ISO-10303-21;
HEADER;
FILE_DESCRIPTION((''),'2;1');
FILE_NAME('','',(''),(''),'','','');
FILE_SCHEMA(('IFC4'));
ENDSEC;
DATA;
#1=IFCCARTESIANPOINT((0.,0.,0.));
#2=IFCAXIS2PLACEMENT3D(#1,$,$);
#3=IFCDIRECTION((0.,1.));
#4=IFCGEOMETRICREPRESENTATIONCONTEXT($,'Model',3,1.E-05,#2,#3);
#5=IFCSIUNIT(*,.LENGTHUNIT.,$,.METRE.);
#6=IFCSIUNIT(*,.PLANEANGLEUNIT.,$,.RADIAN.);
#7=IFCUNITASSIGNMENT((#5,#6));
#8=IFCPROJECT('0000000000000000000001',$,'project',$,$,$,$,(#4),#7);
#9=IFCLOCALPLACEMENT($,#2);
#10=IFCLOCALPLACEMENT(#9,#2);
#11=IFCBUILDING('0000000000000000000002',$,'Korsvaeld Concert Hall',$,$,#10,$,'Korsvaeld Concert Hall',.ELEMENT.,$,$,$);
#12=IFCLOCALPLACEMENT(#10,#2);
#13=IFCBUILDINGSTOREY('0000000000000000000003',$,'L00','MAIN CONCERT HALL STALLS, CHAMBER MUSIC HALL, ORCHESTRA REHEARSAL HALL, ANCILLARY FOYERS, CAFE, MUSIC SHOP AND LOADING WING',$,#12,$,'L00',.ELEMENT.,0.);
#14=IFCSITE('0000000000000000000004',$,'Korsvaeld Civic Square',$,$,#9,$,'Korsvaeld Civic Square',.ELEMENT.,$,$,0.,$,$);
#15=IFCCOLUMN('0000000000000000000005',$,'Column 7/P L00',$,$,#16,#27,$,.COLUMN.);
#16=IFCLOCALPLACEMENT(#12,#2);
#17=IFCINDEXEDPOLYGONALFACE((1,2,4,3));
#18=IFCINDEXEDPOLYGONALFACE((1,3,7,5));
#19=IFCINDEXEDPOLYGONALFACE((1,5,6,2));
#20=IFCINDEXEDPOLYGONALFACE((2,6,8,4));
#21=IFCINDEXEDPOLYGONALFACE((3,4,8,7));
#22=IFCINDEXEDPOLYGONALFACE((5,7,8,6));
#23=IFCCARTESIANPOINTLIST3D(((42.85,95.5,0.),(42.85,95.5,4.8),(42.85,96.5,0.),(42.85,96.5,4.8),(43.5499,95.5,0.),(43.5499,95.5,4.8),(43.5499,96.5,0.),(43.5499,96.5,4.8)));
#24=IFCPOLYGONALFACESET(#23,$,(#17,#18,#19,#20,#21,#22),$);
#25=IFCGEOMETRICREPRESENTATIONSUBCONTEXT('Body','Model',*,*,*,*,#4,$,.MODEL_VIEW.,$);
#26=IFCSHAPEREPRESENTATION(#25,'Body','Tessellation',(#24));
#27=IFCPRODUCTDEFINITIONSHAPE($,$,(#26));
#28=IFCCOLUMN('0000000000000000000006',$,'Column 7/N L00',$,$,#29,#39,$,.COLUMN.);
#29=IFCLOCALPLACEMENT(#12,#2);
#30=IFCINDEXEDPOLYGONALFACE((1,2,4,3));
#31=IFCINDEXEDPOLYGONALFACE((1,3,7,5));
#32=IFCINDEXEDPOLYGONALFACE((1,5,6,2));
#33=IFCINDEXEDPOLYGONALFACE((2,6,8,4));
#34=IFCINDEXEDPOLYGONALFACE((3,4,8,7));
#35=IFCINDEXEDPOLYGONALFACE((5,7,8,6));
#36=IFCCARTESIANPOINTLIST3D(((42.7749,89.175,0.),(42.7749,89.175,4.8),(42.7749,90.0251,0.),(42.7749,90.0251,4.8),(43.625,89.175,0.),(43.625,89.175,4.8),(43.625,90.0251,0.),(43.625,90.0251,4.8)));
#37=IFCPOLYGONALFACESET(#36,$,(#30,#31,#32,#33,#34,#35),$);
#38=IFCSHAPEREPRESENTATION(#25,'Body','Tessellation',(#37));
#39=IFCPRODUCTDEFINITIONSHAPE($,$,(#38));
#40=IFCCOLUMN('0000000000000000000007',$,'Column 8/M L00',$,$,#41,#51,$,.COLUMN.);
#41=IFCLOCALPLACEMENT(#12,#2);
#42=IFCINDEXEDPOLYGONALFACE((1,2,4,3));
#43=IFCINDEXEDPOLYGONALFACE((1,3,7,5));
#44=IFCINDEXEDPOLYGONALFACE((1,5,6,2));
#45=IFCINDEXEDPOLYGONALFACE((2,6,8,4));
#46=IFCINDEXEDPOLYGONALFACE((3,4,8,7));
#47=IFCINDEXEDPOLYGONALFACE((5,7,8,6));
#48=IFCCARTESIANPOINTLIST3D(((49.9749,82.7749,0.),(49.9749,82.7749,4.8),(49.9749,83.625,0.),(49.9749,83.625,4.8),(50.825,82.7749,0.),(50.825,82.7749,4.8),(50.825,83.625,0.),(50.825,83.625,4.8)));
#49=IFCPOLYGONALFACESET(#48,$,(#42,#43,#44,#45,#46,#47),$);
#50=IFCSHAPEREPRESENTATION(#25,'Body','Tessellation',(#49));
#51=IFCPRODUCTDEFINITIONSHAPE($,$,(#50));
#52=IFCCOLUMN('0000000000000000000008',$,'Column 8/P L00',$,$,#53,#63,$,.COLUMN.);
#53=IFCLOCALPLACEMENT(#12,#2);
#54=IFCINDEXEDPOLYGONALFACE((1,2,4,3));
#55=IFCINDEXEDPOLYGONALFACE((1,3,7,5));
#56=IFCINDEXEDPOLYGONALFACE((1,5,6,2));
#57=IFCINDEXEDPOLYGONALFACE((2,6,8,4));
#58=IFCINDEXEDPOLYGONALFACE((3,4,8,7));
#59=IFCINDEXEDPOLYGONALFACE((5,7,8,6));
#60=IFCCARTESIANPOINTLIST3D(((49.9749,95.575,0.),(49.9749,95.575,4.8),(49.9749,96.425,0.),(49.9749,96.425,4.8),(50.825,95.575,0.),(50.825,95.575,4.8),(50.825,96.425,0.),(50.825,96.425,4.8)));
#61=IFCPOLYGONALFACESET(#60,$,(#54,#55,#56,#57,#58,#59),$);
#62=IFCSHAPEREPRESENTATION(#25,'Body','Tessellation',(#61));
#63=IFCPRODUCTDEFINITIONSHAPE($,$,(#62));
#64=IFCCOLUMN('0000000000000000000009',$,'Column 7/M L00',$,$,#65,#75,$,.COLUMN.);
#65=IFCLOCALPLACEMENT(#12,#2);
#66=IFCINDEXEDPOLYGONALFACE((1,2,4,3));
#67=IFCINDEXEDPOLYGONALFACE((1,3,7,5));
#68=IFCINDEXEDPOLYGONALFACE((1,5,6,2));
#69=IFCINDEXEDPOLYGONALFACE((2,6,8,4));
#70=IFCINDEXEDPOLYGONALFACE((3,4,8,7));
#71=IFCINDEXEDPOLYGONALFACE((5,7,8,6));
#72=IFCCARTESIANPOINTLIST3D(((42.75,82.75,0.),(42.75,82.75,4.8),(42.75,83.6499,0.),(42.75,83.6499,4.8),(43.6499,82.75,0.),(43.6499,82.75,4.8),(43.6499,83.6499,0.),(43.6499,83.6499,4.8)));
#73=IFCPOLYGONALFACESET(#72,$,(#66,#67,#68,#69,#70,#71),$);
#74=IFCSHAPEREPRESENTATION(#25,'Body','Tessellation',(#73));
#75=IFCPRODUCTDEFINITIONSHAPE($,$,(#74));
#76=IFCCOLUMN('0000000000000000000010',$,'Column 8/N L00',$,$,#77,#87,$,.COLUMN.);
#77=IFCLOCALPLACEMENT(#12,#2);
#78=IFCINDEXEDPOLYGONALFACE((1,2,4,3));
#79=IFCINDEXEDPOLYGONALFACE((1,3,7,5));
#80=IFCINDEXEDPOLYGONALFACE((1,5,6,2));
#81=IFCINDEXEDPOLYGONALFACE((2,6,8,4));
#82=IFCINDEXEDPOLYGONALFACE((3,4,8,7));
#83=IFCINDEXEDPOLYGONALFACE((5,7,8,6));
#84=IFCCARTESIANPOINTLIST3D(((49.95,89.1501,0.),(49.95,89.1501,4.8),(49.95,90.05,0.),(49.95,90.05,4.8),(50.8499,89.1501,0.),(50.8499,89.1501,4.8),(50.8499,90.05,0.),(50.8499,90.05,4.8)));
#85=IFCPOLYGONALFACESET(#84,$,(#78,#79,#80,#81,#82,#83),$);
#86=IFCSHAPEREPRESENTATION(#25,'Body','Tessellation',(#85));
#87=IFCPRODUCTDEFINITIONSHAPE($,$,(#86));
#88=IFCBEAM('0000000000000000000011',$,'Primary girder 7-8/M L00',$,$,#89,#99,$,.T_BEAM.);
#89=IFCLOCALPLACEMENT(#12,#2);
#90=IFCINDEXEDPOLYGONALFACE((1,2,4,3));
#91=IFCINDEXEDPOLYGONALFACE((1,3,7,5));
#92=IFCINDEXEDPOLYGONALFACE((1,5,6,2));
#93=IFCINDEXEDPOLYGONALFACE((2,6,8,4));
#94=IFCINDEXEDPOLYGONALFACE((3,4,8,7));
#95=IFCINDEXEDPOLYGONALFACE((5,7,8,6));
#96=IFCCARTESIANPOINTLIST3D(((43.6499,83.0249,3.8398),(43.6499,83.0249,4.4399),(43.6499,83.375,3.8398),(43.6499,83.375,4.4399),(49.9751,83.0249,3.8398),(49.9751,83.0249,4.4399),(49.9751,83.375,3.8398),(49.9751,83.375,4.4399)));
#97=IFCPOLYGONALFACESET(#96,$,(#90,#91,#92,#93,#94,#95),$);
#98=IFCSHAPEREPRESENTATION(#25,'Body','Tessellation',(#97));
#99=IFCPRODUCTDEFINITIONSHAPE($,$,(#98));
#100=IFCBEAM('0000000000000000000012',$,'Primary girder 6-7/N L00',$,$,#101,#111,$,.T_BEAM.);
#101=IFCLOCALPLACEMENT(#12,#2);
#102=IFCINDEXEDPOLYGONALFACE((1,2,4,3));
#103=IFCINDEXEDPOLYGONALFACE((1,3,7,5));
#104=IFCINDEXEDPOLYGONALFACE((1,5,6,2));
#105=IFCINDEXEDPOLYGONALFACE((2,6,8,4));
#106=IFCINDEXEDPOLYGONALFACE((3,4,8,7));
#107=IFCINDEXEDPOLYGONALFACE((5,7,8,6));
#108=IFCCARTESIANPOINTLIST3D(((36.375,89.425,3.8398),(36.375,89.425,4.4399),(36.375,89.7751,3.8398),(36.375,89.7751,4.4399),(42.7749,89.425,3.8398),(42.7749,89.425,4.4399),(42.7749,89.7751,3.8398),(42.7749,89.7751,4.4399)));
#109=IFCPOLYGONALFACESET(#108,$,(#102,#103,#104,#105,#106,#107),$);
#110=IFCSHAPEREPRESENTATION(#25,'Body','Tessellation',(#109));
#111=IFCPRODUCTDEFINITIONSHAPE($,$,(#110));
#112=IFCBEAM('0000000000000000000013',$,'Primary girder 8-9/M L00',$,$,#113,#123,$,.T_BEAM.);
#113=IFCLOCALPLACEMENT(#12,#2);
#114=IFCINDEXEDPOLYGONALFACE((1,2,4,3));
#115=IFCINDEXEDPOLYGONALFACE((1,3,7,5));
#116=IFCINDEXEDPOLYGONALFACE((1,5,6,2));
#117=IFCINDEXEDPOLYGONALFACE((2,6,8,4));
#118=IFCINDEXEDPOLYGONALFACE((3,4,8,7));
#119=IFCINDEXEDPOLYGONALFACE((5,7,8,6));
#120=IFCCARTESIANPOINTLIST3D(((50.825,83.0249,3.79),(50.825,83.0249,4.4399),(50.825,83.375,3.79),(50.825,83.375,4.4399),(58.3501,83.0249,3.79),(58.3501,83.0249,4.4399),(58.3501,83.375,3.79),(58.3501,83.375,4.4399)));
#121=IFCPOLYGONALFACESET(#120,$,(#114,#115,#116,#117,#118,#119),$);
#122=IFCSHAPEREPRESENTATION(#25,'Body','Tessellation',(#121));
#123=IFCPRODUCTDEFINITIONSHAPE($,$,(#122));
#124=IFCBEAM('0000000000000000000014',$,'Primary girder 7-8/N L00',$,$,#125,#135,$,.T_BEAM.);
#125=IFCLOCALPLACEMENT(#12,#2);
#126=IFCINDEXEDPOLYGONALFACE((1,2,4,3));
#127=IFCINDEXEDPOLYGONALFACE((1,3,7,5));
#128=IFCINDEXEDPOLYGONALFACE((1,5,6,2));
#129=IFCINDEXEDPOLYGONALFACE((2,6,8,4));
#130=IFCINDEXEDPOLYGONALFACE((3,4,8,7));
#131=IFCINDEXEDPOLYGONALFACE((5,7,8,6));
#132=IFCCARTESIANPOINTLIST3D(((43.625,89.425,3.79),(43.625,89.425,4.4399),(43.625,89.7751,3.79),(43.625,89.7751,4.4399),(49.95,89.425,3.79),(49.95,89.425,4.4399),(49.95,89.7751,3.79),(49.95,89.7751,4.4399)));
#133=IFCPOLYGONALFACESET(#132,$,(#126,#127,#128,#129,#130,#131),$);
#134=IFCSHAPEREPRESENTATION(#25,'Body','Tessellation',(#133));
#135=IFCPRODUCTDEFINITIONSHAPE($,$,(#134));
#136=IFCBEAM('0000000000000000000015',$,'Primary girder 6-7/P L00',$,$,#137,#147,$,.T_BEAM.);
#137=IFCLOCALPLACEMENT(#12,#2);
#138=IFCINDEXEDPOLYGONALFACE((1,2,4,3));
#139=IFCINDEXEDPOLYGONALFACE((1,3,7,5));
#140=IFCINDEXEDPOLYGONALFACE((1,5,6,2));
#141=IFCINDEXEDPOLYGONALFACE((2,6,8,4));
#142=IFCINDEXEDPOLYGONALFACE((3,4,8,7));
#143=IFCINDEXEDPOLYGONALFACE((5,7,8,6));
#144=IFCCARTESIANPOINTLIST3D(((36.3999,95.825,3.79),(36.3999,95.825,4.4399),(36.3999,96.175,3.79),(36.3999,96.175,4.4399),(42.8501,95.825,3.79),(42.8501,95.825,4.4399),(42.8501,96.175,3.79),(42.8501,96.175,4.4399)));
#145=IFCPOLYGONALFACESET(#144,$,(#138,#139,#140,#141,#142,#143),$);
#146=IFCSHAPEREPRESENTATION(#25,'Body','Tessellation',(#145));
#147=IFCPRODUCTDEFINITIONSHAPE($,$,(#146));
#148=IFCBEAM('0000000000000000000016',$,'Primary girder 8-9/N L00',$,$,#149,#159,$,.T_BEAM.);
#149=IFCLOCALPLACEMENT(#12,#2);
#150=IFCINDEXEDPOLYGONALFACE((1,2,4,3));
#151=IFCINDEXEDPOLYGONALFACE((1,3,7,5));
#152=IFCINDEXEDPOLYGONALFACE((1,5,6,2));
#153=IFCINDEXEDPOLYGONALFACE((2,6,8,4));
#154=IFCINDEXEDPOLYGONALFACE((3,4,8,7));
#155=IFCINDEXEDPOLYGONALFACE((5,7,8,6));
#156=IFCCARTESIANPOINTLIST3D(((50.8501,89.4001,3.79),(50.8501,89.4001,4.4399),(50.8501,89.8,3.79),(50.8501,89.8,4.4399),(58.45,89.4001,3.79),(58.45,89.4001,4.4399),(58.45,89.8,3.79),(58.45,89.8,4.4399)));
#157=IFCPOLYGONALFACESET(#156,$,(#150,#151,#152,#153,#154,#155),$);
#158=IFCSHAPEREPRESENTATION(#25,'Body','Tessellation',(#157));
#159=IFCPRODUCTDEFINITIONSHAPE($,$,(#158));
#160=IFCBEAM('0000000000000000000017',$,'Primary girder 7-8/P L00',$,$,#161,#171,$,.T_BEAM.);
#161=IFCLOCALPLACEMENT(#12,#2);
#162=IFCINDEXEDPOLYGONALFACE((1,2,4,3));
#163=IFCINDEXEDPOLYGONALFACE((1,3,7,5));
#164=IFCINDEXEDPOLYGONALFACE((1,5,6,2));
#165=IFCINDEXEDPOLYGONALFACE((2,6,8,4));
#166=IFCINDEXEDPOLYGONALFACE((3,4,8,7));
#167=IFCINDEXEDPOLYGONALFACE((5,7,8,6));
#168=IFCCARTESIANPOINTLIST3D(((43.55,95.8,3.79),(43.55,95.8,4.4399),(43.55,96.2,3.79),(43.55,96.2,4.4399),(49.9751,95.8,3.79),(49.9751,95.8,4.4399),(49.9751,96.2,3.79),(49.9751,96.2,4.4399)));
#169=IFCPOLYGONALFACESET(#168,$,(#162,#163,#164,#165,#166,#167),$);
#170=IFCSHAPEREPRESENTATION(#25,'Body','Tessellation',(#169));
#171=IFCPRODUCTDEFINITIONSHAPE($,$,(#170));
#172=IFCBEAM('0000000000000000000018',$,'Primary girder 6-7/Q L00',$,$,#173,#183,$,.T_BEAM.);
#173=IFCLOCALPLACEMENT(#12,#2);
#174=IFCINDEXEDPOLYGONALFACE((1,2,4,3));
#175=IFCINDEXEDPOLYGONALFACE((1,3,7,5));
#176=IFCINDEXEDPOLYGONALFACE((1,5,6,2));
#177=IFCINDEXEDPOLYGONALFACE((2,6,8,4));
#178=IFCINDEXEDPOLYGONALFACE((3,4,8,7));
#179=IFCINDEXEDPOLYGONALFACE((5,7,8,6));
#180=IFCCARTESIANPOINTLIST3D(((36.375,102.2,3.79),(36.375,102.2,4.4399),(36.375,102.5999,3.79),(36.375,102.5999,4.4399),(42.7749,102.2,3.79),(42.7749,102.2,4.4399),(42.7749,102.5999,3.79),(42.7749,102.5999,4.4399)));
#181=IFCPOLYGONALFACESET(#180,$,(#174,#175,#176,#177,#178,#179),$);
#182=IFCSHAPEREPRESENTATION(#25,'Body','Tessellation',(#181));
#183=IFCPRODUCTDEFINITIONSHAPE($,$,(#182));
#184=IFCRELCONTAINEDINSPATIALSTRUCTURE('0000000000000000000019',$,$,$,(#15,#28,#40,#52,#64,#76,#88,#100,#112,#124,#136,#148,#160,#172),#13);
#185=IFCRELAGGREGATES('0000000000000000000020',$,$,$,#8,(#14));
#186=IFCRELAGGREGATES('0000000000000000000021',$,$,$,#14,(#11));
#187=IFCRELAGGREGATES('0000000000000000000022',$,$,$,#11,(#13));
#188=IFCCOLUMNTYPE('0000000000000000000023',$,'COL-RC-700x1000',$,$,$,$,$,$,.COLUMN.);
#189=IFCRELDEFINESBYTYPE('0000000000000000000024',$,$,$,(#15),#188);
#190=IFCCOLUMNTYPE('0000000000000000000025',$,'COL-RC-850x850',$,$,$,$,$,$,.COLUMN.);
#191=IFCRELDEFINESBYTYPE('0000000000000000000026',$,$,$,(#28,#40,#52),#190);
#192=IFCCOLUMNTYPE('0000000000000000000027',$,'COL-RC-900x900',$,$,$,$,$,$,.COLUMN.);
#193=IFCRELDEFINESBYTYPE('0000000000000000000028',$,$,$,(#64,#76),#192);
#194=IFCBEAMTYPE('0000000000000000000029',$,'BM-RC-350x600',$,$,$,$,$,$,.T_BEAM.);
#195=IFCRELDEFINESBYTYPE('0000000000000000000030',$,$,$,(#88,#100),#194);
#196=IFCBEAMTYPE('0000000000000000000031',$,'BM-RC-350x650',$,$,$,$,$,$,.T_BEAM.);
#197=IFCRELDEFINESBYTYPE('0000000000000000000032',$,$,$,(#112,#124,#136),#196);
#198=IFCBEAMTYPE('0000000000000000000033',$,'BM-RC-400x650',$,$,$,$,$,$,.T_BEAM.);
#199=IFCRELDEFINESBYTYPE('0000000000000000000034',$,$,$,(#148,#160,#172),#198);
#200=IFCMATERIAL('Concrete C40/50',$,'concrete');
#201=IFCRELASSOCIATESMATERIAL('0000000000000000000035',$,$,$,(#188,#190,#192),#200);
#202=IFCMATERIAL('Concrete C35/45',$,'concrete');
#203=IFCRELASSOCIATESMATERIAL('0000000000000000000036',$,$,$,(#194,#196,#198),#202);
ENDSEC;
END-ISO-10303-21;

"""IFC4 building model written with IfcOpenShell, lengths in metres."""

from ifc_helpers import new_model, si_unit, direction, frame, origin, origin_2d, place, context, subcontext, project, spatial, rectangle, extrude, material, material_profile, profile_set, type_object, element, save


model = new_model("IFC4")

# Units and contexts
model_context = context("Model", 3, precision=1e-05, world=origin(), true_north=direction((0.0, 1.0)))
body_context = subcontext(model_context, "Body", "Model", "MODEL_VIEW")
ifc_project = project(units=[si_unit("LENGTHUNIT", "METRE"), si_unit("PLANEANGLEUNIT", "RADIAN")], contexts=[model_context])

# Site, building, storey
site_placement = place(None, origin())
site = spatial("IfcSite", under=ifc_project, at=site_placement, Name="Korsvaeld Civic Square", LongName="Korsvaeld Civic Square", CompositionType="ELEMENT", RefElevation=0.0)
building_placement = place(site_placement, origin())
building = spatial("IfcBuilding", under=site, at=building_placement, Name="Korsvaeld Concert Hall", LongName="Korsvaeld Concert Hall", CompositionType="ELEMENT")
storey_placement = place(building_placement, origin())
storey = spatial("IfcBuildingStorey", under=building, at=storey_placement, Name="L00", Description="MAIN CONCERT HALL STALLS, CHAMBER MUSIC HALL, ORCHESTRA REHEARSAL HALL, ANCILLARY FOYERS, CAFE, MUSIC SHOP AND LOADING WING", LongName="L00", CompositionType="ELEMENT", Elevation=0.0)

# Columns
ifc_material_1 = material(Name="Concrete C40/50", Category="concrete")
ifc_material_profile_1 = material_profile(ifc_material_1, rectangle(XDim=0.7, YDim=1.0, at=origin_2d()), Name="RC 700x1000")
ifc_profile_set_1 = profile_set([ifc_material_profile_1], Name="Concrete C40/50")
column_type_1 = type_object("IfcColumnType", Name="COL-RC-700x1000", PredefinedType="COLUMN", material=ifc_profile_set_1)
column_placement = place(storey_placement, frame((43.2, 96.0, 0.0), z_axis=(0.0, 0.0, 1.0), x_axis=(1.0, 0.0, 0.0)))
element("IfcColumn", 1, at=column_placement, inside=storey, type_object=column_type_1, Name="Column 7/P L00", PredefinedType="COLUMN", context=body_context, shape_type="SweptSolid", body=[
    extrude(rectangle(XDim=0.7, YDim=1.0, at=origin_2d()), origin(), (0.0, 0.0, 1.0), 4.8),
])
ifc_material_profile_2 = material_profile(ifc_material_1, rectangle(XDim=0.8501, YDim=0.8501, at=origin_2d()), Name="RC 850x850")
ifc_profile_set_2 = profile_set([ifc_material_profile_2], Name="Concrete C40/50")
column_type_2 = type_object("IfcColumnType", Name="COL-RC-850x850", PredefinedType="COLUMN", material=ifc_profile_set_2)
for number, where, z_axis, x_axis, name in (
    (2, (43.2, 89.6001, 0.0), (0.0, 0.0, 1.0), (1.0, 0.0, 0.0), "Column 7/N L00"),
    (3, (50.3999, 83.2, 0.0), (0.0, 0.0, 1.0), (1.0, 0.0, 0.0), "Column 8/M L00"),
    (4, (50.3999, 96.0, 0.0), (0.0, 0.0, 1.0), (1.0, 0.0, 0.0), "Column 8/P L00"),
):
    element("IfcColumn", number, at=place(storey_placement, frame(where, z_axis=z_axis, x_axis=x_axis)), inside=storey, type_object=column_type_2, Name=name, PredefinedType="COLUMN", context=body_context, shape_type="SweptSolid", body=[
        extrude(rectangle(XDim=0.8501, YDim=0.8501, at=origin_2d()), origin(), (0.0, 0.0, 1.0), 4.8),
    ])
ifc_material_profile_3 = material_profile(ifc_material_1, rectangle(XDim=0.8999, YDim=0.8999, at=origin_2d()), Name="RC 900x900")
ifc_profile_set_3 = profile_set([ifc_material_profile_3], Name="Concrete C40/50")
column_type_3 = type_object("IfcColumnType", Name="COL-RC-900x900", PredefinedType="COLUMN", material=ifc_profile_set_3)
for number, where, z_axis, x_axis, name in (
    (5, (43.2, 83.2, 0.0), (0.0, 0.0, 1.0), (1.0, 0.0, 0.0), "Column 7/M L00"),
    (6, (50.3999, 89.6001, 0.0), (0.0, 0.0, 1.0), (1.0, 0.0, 0.0), "Column 8/N L00"),
):
    element("IfcColumn", number, at=place(storey_placement, frame(where, z_axis=z_axis, x_axis=x_axis)), inside=storey, type_object=column_type_3, Name=name, PredefinedType="COLUMN", context=body_context, shape_type="SweptSolid", body=[
        extrude(rectangle(XDim=0.8999, YDim=0.8999, at=origin_2d()), origin(), (0.0, 0.0, 1.0), 4.8),
    ])

# Beams
ifc_material_2 = material(Name="Concrete C35/45", Category="concrete")
ifc_material_profile_4 = material_profile(ifc_material_2, rectangle(XDim=0.3501, YDim=0.6001, at=origin_2d()), Name="RC 350x600")
ifc_profile_set_4 = profile_set([ifc_material_profile_4], Name="Concrete C35/45")
beam_type_1 = type_object("IfcBeamType", Name="BM-RC-350x600", PredefinedType="T_BEAM", material=ifc_profile_set_4)
beam_1_placement = place(storey_placement, frame((43.6499, 83.2, 4.1399), z_axis=(1.0, 0.0, 0.0), x_axis=(0.0, 1.0, 0.0)))
element("IfcBeam", 7, at=beam_1_placement, inside=storey, type_object=beam_type_1, Name="Primary girder 7-8/M L00", PredefinedType="T_BEAM", context=body_context, shape_type="SweptSolid", body=[
    extrude(rectangle(XDim=0.3501, YDim=0.6001, at=origin_2d()), origin(), (0.0, 0.0, 1.0), 6.3252),
])
beam_2_placement = place(storey_placement, frame((36.375, 89.6001, 4.1399), z_axis=(1.0, 0.0, 0.0), x_axis=(0.0, 1.0, 0.0)))
element("IfcBeam", 8, at=beam_2_placement, inside=storey, type_object=beam_type_1, Name="Primary girder 6-7/N L00", PredefinedType="T_BEAM", context=body_context, shape_type="SweptSolid", body=[
    extrude(rectangle(XDim=0.3501, YDim=0.6001, at=origin_2d()), origin(), (0.0, 0.0, 1.0), 6.3999),
])
ifc_material_profile_5 = material_profile(ifc_material_2, rectangle(XDim=0.3501, YDim=0.6499, at=origin_2d()), Name="RC 350x650")
ifc_profile_set_5 = profile_set([ifc_material_profile_5], Name="Concrete C35/45")
beam_type_2 = type_object("IfcBeamType", Name="BM-RC-350x650", PredefinedType="T_BEAM", material=ifc_profile_set_5)
beam_3_placement = place(storey_placement, frame((50.825, 83.2, 4.115), z_axis=(1.0, 0.0, 0.0), x_axis=(0.0, 1.0, 0.0)))
element("IfcBeam", 9, at=beam_3_placement, inside=storey, type_object=beam_type_2, Name="Primary girder 8-9/M L00", PredefinedType="T_BEAM", context=body_context, shape_type="SweptSolid", body=[
    extrude(rectangle(XDim=0.3501, YDim=0.6499, at=origin_2d()), origin(), (0.0, 0.0, 1.0), 7.5251),
])
beam_4_placement = place(storey_placement, frame((43.625, 89.6001, 4.115), z_axis=(1.0, 0.0, 0.0), x_axis=(0.0, 1.0, 0.0)))
element("IfcBeam", 10, at=beam_4_placement, inside=storey, type_object=beam_type_2, Name="Primary girder 7-8/N L00", PredefinedType="T_BEAM", context=body_context, shape_type="SweptSolid", body=[
    extrude(rectangle(XDim=0.3501, YDim=0.6499, at=origin_2d()), origin(), (0.0, 0.0, 1.0), 6.325),
])
beam_5_placement = place(storey_placement, frame((36.3999, 96.0, 4.115), z_axis=(1.0, 0.0, 0.0), x_axis=(0.0, 1.0, 0.0)))
element("IfcBeam", 11, at=beam_5_placement, inside=storey, type_object=beam_type_2, Name="Primary girder 6-7/P L00", PredefinedType="T_BEAM", context=body_context, shape_type="SweptSolid", body=[
    extrude(rectangle(XDim=0.3501, YDim=0.6499, at=origin_2d()), origin(), (0.0, 0.0, 1.0), 6.4502),
])
ifc_material_profile_6 = material_profile(ifc_material_2, rectangle(XDim=0.3999, YDim=0.6499, at=origin_2d()), Name="RC 400x650")
ifc_profile_set_6 = profile_set([ifc_material_profile_6], Name="Concrete C35/45")
beam_type_3 = type_object("IfcBeamType", Name="BM-RC-400x650", PredefinedType="T_BEAM", material=ifc_profile_set_6)
beam_6_placement = place(storey_placement, frame((50.8501, 89.6001, 4.115), z_axis=(1.0, 0.0, 0.0), x_axis=(0.0, 1.0, 0.0)))
element("IfcBeam", 12, at=beam_6_placement, inside=storey, type_object=beam_type_3, Name="Primary girder 8-9/N L00", PredefinedType="T_BEAM", context=body_context, shape_type="SweptSolid", body=[
    extrude(rectangle(XDim=0.3999, YDim=0.6499, at=origin_2d()), origin(), (0.0, 0.0, 1.0), 7.5999),
])
beam_7_placement = place(storey_placement, frame((43.55, 96.0, 4.115), z_axis=(1.0, 0.0, 0.0), x_axis=(0.0, 1.0, 0.0)))
element("IfcBeam", 13, at=beam_7_placement, inside=storey, type_object=beam_type_3, Name="Primary girder 7-8/P L00", PredefinedType="T_BEAM", context=body_context, shape_type="SweptSolid", body=[
    extrude(rectangle(XDim=0.3999, YDim=0.6499, at=origin_2d()), origin(), (0.0, 0.0, 1.0), 6.425),
])
beam_8_placement = place(storey_placement, frame((36.375, 102.3999, 4.115), z_axis=(1.0, 0.0, 0.0), x_axis=(0.0, 1.0, 0.0)))
element("IfcBeam", 14, at=beam_8_placement, inside=storey, type_object=beam_type_3, Name="Primary girder 6-7/Q L00", PredefinedType="T_BEAM", context=body_context, shape_type="SweptSolid", body=[
    extrude(rectangle(XDim=0.3999, YDim=0.6499, at=origin_2d()), origin(), (0.0, 0.0, 1.0), 6.3999),
])

save(model, "model.ifc")
